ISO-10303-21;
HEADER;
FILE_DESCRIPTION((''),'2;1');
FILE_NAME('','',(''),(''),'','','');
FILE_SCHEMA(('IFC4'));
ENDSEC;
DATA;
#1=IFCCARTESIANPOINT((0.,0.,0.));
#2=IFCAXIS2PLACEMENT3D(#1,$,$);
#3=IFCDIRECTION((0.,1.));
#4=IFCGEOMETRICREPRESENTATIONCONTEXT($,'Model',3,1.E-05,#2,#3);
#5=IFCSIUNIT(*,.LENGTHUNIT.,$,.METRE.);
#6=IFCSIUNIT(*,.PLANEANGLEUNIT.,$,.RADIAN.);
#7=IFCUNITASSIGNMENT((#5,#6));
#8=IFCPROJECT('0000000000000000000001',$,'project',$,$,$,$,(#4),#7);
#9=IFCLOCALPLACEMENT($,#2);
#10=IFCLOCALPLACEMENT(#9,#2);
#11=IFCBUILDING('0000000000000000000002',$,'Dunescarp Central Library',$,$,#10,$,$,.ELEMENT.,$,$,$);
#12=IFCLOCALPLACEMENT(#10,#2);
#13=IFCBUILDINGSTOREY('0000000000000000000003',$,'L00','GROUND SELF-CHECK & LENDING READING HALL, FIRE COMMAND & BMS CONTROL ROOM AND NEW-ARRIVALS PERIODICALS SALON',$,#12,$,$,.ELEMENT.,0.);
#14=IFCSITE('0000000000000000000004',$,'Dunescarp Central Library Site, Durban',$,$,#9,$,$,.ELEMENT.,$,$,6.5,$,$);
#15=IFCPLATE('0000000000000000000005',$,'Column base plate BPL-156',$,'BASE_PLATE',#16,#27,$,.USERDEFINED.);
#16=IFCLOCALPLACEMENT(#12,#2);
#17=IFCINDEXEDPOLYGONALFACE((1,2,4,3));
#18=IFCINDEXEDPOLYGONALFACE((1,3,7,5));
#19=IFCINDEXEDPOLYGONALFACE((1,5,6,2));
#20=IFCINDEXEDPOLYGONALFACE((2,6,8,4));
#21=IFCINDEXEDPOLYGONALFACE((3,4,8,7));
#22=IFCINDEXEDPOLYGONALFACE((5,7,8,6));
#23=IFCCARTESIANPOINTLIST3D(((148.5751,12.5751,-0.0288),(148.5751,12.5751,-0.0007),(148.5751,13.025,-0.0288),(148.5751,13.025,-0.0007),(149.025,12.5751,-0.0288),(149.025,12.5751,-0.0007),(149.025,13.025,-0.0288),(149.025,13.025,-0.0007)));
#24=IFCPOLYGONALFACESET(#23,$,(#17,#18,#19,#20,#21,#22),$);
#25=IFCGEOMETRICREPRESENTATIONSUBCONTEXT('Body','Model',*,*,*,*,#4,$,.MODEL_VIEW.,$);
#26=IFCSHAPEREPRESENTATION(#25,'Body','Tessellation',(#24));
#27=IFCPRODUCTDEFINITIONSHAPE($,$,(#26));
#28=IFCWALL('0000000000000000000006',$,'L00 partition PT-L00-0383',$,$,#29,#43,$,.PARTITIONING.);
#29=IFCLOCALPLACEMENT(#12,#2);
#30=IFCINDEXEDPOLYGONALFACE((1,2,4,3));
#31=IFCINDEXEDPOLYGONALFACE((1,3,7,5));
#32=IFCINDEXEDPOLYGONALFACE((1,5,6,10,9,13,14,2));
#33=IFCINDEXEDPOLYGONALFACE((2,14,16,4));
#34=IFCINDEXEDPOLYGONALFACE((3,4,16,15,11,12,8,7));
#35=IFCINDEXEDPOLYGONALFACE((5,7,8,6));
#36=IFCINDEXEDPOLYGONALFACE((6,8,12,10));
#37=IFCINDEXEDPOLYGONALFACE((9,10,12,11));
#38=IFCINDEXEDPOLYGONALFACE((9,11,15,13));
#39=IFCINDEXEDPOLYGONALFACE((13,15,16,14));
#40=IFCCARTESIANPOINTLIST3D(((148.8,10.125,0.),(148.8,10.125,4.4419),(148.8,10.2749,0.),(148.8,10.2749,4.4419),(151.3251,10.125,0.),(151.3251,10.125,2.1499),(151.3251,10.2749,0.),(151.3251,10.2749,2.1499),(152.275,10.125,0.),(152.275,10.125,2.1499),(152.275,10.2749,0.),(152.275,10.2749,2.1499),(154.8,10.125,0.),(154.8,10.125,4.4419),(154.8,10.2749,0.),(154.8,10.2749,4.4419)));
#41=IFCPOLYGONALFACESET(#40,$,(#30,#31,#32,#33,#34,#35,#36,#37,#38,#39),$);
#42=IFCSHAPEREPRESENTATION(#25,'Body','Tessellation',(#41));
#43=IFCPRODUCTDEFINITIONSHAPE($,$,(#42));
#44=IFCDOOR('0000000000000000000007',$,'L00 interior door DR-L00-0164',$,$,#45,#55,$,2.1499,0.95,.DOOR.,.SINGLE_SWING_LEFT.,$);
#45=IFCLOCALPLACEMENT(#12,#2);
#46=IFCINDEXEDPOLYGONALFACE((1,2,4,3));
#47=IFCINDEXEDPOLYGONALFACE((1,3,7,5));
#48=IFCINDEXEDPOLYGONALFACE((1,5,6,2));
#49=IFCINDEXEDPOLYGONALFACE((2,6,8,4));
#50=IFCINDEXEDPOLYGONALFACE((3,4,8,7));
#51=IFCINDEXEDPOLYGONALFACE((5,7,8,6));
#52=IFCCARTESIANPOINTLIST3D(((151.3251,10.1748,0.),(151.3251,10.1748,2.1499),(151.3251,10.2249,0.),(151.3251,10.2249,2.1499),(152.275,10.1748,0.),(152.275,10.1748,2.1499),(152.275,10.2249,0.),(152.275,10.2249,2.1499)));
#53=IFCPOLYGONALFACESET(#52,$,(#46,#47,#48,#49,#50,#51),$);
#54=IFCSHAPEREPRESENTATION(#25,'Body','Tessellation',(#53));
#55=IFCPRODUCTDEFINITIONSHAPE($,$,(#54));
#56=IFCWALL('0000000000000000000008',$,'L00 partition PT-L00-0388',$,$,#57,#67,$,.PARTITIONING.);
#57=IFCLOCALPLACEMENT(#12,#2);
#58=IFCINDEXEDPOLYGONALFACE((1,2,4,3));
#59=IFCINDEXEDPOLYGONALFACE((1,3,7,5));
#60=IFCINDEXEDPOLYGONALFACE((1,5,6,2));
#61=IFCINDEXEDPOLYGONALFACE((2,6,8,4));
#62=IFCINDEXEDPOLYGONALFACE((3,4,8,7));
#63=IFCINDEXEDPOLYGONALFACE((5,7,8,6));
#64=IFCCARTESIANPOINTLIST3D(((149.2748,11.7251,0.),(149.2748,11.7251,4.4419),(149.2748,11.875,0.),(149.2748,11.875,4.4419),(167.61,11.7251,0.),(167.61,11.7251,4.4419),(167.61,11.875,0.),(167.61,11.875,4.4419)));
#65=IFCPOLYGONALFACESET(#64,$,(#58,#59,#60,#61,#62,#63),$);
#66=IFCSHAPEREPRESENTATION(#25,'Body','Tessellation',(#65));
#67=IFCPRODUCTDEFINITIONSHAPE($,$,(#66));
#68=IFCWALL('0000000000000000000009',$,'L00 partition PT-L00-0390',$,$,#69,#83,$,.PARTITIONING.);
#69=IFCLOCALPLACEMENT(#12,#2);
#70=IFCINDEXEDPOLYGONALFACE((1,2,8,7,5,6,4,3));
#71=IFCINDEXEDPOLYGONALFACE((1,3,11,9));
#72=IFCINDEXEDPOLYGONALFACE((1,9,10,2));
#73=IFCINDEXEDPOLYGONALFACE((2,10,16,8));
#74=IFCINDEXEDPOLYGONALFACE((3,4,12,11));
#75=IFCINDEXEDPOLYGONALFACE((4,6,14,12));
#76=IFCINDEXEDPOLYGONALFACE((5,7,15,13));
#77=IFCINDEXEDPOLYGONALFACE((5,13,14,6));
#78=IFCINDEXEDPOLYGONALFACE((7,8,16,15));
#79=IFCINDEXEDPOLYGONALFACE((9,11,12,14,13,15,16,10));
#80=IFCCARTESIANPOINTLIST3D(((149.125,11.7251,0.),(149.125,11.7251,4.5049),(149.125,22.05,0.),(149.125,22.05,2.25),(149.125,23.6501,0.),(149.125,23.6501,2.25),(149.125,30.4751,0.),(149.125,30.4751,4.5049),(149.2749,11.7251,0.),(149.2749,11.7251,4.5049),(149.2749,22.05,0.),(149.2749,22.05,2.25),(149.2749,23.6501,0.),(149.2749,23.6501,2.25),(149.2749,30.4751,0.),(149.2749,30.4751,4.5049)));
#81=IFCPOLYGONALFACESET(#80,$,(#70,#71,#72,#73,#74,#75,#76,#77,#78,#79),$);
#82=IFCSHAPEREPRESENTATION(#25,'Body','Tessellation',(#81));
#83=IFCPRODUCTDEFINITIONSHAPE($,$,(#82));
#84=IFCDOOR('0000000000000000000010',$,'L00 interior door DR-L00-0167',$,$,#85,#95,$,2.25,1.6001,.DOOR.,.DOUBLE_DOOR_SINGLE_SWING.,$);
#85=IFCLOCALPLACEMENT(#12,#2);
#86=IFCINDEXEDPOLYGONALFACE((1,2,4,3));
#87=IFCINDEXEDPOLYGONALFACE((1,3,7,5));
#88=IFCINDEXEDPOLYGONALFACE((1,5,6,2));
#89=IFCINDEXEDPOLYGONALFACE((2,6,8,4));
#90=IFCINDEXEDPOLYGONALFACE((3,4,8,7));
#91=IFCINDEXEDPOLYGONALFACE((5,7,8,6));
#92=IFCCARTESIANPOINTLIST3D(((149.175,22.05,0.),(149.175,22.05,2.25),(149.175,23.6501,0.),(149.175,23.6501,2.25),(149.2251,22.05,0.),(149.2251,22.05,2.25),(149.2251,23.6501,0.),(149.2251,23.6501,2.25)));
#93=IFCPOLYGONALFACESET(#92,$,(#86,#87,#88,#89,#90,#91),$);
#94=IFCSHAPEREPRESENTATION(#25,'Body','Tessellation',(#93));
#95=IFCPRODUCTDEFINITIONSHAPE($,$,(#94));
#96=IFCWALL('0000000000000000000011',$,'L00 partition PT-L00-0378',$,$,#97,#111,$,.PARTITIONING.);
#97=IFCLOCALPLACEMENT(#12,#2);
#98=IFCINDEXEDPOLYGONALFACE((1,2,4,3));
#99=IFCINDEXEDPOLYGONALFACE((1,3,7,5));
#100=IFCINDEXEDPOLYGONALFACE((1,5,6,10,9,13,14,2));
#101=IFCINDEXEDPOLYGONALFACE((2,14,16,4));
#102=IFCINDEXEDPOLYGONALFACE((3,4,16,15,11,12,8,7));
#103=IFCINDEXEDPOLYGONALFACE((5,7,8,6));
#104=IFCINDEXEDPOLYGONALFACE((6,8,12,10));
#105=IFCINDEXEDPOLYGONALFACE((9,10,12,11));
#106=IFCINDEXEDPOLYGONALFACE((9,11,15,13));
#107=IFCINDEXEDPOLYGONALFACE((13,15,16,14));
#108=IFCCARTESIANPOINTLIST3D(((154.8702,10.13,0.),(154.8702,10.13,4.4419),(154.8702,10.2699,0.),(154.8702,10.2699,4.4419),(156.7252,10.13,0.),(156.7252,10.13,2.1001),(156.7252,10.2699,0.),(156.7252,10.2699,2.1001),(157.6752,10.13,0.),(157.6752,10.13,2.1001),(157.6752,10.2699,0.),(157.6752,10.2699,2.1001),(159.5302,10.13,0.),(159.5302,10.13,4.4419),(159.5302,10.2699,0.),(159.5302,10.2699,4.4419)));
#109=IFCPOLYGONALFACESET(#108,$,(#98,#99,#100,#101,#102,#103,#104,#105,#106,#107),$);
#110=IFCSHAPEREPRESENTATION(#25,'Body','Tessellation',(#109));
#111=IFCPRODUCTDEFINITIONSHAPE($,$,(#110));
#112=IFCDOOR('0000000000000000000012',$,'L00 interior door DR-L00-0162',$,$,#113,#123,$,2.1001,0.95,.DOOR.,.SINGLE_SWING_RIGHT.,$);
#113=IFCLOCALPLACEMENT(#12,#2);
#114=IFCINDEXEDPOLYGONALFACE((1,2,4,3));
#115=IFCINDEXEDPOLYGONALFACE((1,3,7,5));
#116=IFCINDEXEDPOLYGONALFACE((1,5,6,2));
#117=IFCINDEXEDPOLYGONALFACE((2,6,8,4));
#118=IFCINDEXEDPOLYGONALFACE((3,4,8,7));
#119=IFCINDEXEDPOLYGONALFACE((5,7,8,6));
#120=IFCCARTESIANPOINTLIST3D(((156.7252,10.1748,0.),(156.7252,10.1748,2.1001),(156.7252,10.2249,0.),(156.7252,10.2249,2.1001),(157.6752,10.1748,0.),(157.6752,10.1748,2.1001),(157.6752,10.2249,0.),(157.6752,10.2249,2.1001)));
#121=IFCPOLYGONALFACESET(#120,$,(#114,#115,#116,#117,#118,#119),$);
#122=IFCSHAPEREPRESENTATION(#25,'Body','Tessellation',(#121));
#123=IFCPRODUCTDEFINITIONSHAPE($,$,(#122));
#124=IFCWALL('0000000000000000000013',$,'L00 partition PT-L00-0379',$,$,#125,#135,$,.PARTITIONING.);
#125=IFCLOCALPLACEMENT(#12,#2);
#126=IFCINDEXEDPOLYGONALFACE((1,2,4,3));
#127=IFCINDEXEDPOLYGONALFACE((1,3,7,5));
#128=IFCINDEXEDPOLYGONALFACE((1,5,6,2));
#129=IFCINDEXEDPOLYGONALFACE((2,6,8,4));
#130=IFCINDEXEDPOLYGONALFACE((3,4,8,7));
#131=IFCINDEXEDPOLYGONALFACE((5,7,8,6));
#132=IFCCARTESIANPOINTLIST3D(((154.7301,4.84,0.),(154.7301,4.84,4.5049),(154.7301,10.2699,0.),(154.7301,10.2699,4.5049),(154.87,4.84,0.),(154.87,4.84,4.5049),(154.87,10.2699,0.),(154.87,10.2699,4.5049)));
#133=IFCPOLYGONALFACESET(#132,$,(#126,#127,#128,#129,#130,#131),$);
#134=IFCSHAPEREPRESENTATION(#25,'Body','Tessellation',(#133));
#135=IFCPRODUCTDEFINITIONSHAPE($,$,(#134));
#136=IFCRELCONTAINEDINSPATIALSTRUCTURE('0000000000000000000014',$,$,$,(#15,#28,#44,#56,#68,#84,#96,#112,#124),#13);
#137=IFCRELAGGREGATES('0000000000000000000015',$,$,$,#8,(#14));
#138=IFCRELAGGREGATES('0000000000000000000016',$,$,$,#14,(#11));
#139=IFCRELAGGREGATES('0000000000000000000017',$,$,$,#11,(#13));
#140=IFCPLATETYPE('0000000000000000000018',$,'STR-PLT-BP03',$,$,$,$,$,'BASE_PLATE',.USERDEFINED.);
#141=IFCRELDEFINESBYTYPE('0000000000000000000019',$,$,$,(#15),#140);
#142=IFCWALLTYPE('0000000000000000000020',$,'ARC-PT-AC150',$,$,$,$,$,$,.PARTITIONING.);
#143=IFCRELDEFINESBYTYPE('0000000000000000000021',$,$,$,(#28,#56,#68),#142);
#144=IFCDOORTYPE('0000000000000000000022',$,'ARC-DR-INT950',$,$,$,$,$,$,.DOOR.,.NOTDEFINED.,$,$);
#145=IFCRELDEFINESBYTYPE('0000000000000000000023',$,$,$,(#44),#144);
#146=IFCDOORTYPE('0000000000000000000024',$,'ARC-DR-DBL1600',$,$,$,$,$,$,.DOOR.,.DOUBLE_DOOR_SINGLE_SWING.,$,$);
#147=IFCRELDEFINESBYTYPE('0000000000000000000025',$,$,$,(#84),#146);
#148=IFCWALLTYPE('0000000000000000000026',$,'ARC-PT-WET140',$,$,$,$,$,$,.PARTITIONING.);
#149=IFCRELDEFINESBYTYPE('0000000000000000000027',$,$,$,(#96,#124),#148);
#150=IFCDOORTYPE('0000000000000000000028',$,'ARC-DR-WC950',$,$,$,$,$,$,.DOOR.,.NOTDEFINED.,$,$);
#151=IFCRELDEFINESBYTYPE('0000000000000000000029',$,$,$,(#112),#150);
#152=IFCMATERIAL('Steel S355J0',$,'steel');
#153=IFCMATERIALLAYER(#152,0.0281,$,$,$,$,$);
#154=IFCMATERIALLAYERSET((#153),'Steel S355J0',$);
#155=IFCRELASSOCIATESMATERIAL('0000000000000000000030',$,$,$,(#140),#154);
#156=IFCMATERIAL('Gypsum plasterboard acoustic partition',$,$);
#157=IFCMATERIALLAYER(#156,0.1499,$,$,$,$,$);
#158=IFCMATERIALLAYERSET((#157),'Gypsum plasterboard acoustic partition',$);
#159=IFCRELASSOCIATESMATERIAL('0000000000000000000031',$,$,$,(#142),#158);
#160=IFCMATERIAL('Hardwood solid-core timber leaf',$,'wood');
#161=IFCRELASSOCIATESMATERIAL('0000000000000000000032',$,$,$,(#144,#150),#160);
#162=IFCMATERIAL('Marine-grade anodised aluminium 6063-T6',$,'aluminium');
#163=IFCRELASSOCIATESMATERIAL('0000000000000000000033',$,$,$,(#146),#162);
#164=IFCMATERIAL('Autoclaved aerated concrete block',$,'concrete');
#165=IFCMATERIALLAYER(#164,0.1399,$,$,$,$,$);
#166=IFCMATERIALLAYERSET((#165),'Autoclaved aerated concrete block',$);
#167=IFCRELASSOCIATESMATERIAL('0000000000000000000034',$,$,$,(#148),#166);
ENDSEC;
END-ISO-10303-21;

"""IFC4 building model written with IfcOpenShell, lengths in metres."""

from ifc_helpers import new_model, si_unit, direction, frame, frame_2d, origin, origin_2d, place, context, subcontext, project, spatial, rectangle, extrude, material, layer, layer_set, type_object, element, fill, save


model = new_model("IFC4")

# Units and contexts
model_context = context("Model", 3, precision=1e-05, world=origin(), true_north=direction((0.0, 1.0)))
body_context = subcontext(model_context, "Body", "Model", "MODEL_VIEW")
ifc_project = project(units=[si_unit("LENGTHUNIT", "METRE"), si_unit("PLANEANGLEUNIT", "RADIAN")], contexts=[model_context])

# Site, building, storey
site_placement = place(None, origin())
site = spatial("IfcSite", under=ifc_project, at=site_placement, Name="Dunescarp Central Library Site, Durban", CompositionType="ELEMENT", RefElevation=6.5)
building_placement = place(site_placement, origin())
building = spatial("IfcBuilding", under=site, at=building_placement, Name="Dunescarp Central Library", CompositionType="ELEMENT")
storey_placement = place(building_placement, origin())
storey = spatial("IfcBuildingStorey", under=building, at=storey_placement, Name="L00", Description="GROUND SELF-CHECK & LENDING READING HALL, FIRE COMMAND & BMS CONTROL ROOM AND NEW-ARRIVALS PERIODICALS SALON", CompositionType="ELEMENT", Elevation=0.0)

# Shared definitions
ifc_material_1 = material(Name="Marine-grade anodised aluminium 6063-T6", Category="aluminium")

# Plate
ifc_material_2 = material(Name="Steel S355J0", Category="steel")
ifc_layer_1 = layer(ifc_material_2, 0.0281)
ifc_layer_set_1 = layer_set([ifc_layer_1], Name="Steel S355J0")
plate_type_1 = type_object("IfcPlateType", Name="STR-PLT-BP03", ElementType="BASE_PLATE", PredefinedType="USERDEFINED", material=ifc_layer_set_1)
plate_1_placement = place(storey_placement, frame((148.8, 12.8, -0.0288), z_axis=(0.0, 0.0, 1.0), x_axis=(1.0, 0.0, 0.0)))
element("IfcPlate", 1, at=plate_1_placement, inside=storey, type_object=plate_type_1, Name="Column base plate BPL-156", ObjectType="BASE_PLATE", PredefinedType="USERDEFINED", context=body_context, shape_type="SweptSolid", body=[
    extrude(rectangle(XDim=0.45, YDim=0.45, at=origin_2d()), origin(), (0.0, 0.0, 1.0), 0.0281),
])

# Wall, opening, door
ifc_material_3 = material(Name="Gypsum plasterboard acoustic partition")
ifc_layer_2 = layer(ifc_material_3, 0.1499)
ifc_layer_set_2 = layer_set([ifc_layer_2], Name="Gypsum plasterboard acoustic partition")
wall_type_1 = type_object("IfcWallType", Name="ARC-PT-AC150", PredefinedType="PARTITIONING", material=ifc_layer_set_2)
wall_1_placement = place(storey_placement, frame((148.8, 10.2, 0.0), z_axis=(0.0, 0.0, 1.0), x_axis=(1.0, 0.0, 0.0)))
wall_1 = element("IfcWall", 2, at=wall_1_placement, inside=storey, type_object=wall_type_1, Name="L00 partition PT-L00-0383", PredefinedType="PARTITIONING", context=body_context, shape_type="SweptSolid", body=[
    extrude(rectangle(XDim=6.0, YDim=0.1499, at=frame_2d((3.0, 0.0))), origin(), (0.0, 0.0, 1.0), 4.4419),
])
opening_1_placement = place(wall_1_placement, frame((2.5249, 0.0, 0.0)))
opening_1 = element("IfcOpeningElement", 3, at=opening_1_placement, cuts=wall_1, PredefinedType="OPENING", context=body_context, shape_type="SweptSolid", body=[
    extrude(rectangle(XDim=0.95, YDim=2.1499, at=frame_2d((0.4751, 1.075))), frame((0.0, 0.085, 0.0), z_axis=(0.0, -1.0, 0.0), x_axis=(1.0, 0.0, 0.0)), (0.0, 0.0, 1.0), 0.1699),
])
ifc_material_4 = material(Name="Hardwood solid-core timber leaf", Category="wood")
door_type_1 = type_object("IfcDoorType", Name="ARC-DR-INT950", OperationType="NOTDEFINED", PredefinedType="DOOR", material=ifc_material_4)
door_1_placement = place(opening_1_placement, origin())
door_1 = element("IfcDoor", 4, at=door_1_placement, inside=storey, type_object=door_type_1, Name="L00 interior door DR-L00-0164", OperationType="SINGLE_SWING_LEFT", OverallHeight=2.1499, OverallWidth=0.95, PredefinedType="DOOR", context=body_context, shape_type="SweptSolid", body=[
    extrude(rectangle(XDim=0.95, YDim=2.1499, at=frame_2d((0.4751, 1.075))), frame((0.0, 0.0249, 0.0), z_axis=(0.0, -1.0, 0.0), x_axis=(1.0, 0.0, 0.0)), (0.0, 0.0, 1.0), 0.05),
])
fill(opening_1, door_1)

# Wall
wall_2_placement = place(storey_placement, frame((149.2749, 11.8, 0.0), z_axis=(0.0, 0.0, 1.0), x_axis=(1.0, 0.0, 0.0)))
element("IfcWall", 5, at=wall_2_placement, inside=storey, type_object=wall_type_1, Name="L00 partition PT-L00-0388", PredefinedType="PARTITIONING", context=body_context, shape_type="SweptSolid", body=[
    extrude(rectangle(XDim=18.3352, YDim=0.1499, at=frame_2d((9.1675, 0.0))), origin(), (0.0, 0.0, 1.0), 4.4419),
])

# Walls, openings, doors
wall_3_placement = place(storey_placement, frame((149.2, 11.7251, 0.0), z_axis=(0.0, 0.0, 1.0), x_axis=(0.0, 1.0, 0.0)))
wall_3 = element("IfcWall", 6, at=wall_3_placement, inside=storey, type_object=wall_type_1, Name="L00 partition PT-L00-0390", PredefinedType="PARTITIONING", context=body_context, shape_type="SweptSolid", body=[
    extrude(rectangle(XDim=18.75, YDim=0.1499, at=frame_2d((9.375, 0.0))), origin(), (0.0, 0.0, 1.0), 4.5049),
])
opening_2_placement = place(wall_3_placement, frame((10.325, 0.0, 0.0)))
opening_2 = element("IfcOpeningElement", 7, at=opening_2_placement, cuts=wall_3, PredefinedType="OPENING", context=body_context, shape_type="SweptSolid", body=[
    extrude(rectangle(XDim=1.6001, YDim=2.25, at=frame_2d((0.8, 1.125))), frame((0.0, 0.085, 0.0), z_axis=(0.0, -1.0, 0.0), x_axis=(1.0, 0.0, 0.0)), (0.0, 0.0, 1.0), 0.1699),
])
door_type_2 = type_object("IfcDoorType", Name="ARC-DR-DBL1600", OperationType="DOUBLE_DOOR_SINGLE_SWING", PredefinedType="DOOR", material=ifc_material_1)
door_2_placement = place(opening_2_placement, origin())
door_2 = element("IfcDoor", 8, at=door_2_placement, inside=storey, type_object=door_type_2, Name="L00 interior door DR-L00-0167", OperationType="DOUBLE_DOOR_SINGLE_SWING", OverallHeight=2.25, OverallWidth=1.6001, PredefinedType="DOOR", context=body_context, shape_type="SweptSolid", body=[
    extrude(rectangle(XDim=1.6001, YDim=2.25, at=frame_2d((0.8, 1.125))), frame((0.0, 0.0249, 0.0), z_axis=(0.0, -1.0, 0.0), x_axis=(1.0, 0.0, 0.0)), (0.0, 0.0, 1.0), 0.05),
])
fill(opening_2, door_2)
ifc_material_5 = material(Name="Autoclaved aerated concrete block", Category="concrete")
ifc_layer_3 = layer(ifc_material_5, 0.1399)
ifc_layer_set_3 = layer_set([ifc_layer_3], Name="Autoclaved aerated concrete block")
wall_type_2 = type_object("IfcWallType", Name="ARC-PT-WET140", PredefinedType="PARTITIONING", material=ifc_layer_set_3)
wall_4_placement = place(storey_placement, frame((154.8701, 10.2, 0.0), z_axis=(0.0, 0.0, 1.0), x_axis=(1.0, 0.0, 0.0)))
wall_4 = element("IfcWall", 9, at=wall_4_placement, inside=storey, type_object=wall_type_2, Name="L00 partition PT-L00-0378", PredefinedType="PARTITIONING", context=body_context, shape_type="SweptSolid", body=[
    extrude(rectangle(XDim=4.6599, YDim=0.1399, at=frame_2d((2.3301, 0.0))), origin(), (0.0, 0.0, 1.0), 4.4419),
])
opening_3_placement = place(wall_4_placement, frame((1.855, 0.0, 0.0)))
opening_3 = element("IfcOpeningElement", 10, at=opening_3_placement, cuts=wall_4, PredefinedType="OPENING", context=body_context, shape_type="SweptSolid", body=[
    extrude(rectangle(XDim=0.95, YDim=2.1001, at=frame_2d((0.4751, 1.05))), frame((0.0, 0.0801, 0.0), z_axis=(0.0, -1.0, 0.0), x_axis=(1.0, 0.0, 0.0)), (0.0, 0.0, 1.0), 0.1599),
])
door_type_3 = type_object("IfcDoorType", Name="ARC-DR-WC950", OperationType="NOTDEFINED", PredefinedType="DOOR", material=ifc_material_4)
door_3_placement = place(opening_3_placement, origin())
door_3 = element("IfcDoor", 11, at=door_3_placement, inside=storey, type_object=door_type_3, Name="L00 interior door DR-L00-0162", OperationType="SINGLE_SWING_RIGHT", OverallHeight=2.1001, OverallWidth=0.95, PredefinedType="DOOR", context=body_context, shape_type="SweptSolid", body=[
    extrude(rectangle(XDim=0.95, YDim=2.1001, at=frame_2d((0.4751, 1.05))), frame((0.0, 0.0249, 0.0), z_axis=(0.0, -1.0, 0.0), x_axis=(1.0, 0.0, 0.0)), (0.0, 0.0, 1.0), 0.05),
])
fill(opening_3, door_3)

# Wall
wall_5_placement = place(storey_placement, frame((154.8, 4.8401, 0.0), z_axis=(0.0, 0.0, 1.0), x_axis=(0.0, 1.0, 0.0)))
element("IfcWall", 12, at=wall_5_placement, inside=storey, type_object=wall_type_2, Name="L00 partition PT-L00-0379", PredefinedType="PARTITIONING", context=body_context, shape_type="SweptSolid", body=[
    extrude(rectangle(XDim=5.4299, YDim=0.1399, at=frame_2d((2.7148, 0.0))), origin(), (0.0, 0.0, 1.0), 4.5049),
])

save(model, "model.ifc")
